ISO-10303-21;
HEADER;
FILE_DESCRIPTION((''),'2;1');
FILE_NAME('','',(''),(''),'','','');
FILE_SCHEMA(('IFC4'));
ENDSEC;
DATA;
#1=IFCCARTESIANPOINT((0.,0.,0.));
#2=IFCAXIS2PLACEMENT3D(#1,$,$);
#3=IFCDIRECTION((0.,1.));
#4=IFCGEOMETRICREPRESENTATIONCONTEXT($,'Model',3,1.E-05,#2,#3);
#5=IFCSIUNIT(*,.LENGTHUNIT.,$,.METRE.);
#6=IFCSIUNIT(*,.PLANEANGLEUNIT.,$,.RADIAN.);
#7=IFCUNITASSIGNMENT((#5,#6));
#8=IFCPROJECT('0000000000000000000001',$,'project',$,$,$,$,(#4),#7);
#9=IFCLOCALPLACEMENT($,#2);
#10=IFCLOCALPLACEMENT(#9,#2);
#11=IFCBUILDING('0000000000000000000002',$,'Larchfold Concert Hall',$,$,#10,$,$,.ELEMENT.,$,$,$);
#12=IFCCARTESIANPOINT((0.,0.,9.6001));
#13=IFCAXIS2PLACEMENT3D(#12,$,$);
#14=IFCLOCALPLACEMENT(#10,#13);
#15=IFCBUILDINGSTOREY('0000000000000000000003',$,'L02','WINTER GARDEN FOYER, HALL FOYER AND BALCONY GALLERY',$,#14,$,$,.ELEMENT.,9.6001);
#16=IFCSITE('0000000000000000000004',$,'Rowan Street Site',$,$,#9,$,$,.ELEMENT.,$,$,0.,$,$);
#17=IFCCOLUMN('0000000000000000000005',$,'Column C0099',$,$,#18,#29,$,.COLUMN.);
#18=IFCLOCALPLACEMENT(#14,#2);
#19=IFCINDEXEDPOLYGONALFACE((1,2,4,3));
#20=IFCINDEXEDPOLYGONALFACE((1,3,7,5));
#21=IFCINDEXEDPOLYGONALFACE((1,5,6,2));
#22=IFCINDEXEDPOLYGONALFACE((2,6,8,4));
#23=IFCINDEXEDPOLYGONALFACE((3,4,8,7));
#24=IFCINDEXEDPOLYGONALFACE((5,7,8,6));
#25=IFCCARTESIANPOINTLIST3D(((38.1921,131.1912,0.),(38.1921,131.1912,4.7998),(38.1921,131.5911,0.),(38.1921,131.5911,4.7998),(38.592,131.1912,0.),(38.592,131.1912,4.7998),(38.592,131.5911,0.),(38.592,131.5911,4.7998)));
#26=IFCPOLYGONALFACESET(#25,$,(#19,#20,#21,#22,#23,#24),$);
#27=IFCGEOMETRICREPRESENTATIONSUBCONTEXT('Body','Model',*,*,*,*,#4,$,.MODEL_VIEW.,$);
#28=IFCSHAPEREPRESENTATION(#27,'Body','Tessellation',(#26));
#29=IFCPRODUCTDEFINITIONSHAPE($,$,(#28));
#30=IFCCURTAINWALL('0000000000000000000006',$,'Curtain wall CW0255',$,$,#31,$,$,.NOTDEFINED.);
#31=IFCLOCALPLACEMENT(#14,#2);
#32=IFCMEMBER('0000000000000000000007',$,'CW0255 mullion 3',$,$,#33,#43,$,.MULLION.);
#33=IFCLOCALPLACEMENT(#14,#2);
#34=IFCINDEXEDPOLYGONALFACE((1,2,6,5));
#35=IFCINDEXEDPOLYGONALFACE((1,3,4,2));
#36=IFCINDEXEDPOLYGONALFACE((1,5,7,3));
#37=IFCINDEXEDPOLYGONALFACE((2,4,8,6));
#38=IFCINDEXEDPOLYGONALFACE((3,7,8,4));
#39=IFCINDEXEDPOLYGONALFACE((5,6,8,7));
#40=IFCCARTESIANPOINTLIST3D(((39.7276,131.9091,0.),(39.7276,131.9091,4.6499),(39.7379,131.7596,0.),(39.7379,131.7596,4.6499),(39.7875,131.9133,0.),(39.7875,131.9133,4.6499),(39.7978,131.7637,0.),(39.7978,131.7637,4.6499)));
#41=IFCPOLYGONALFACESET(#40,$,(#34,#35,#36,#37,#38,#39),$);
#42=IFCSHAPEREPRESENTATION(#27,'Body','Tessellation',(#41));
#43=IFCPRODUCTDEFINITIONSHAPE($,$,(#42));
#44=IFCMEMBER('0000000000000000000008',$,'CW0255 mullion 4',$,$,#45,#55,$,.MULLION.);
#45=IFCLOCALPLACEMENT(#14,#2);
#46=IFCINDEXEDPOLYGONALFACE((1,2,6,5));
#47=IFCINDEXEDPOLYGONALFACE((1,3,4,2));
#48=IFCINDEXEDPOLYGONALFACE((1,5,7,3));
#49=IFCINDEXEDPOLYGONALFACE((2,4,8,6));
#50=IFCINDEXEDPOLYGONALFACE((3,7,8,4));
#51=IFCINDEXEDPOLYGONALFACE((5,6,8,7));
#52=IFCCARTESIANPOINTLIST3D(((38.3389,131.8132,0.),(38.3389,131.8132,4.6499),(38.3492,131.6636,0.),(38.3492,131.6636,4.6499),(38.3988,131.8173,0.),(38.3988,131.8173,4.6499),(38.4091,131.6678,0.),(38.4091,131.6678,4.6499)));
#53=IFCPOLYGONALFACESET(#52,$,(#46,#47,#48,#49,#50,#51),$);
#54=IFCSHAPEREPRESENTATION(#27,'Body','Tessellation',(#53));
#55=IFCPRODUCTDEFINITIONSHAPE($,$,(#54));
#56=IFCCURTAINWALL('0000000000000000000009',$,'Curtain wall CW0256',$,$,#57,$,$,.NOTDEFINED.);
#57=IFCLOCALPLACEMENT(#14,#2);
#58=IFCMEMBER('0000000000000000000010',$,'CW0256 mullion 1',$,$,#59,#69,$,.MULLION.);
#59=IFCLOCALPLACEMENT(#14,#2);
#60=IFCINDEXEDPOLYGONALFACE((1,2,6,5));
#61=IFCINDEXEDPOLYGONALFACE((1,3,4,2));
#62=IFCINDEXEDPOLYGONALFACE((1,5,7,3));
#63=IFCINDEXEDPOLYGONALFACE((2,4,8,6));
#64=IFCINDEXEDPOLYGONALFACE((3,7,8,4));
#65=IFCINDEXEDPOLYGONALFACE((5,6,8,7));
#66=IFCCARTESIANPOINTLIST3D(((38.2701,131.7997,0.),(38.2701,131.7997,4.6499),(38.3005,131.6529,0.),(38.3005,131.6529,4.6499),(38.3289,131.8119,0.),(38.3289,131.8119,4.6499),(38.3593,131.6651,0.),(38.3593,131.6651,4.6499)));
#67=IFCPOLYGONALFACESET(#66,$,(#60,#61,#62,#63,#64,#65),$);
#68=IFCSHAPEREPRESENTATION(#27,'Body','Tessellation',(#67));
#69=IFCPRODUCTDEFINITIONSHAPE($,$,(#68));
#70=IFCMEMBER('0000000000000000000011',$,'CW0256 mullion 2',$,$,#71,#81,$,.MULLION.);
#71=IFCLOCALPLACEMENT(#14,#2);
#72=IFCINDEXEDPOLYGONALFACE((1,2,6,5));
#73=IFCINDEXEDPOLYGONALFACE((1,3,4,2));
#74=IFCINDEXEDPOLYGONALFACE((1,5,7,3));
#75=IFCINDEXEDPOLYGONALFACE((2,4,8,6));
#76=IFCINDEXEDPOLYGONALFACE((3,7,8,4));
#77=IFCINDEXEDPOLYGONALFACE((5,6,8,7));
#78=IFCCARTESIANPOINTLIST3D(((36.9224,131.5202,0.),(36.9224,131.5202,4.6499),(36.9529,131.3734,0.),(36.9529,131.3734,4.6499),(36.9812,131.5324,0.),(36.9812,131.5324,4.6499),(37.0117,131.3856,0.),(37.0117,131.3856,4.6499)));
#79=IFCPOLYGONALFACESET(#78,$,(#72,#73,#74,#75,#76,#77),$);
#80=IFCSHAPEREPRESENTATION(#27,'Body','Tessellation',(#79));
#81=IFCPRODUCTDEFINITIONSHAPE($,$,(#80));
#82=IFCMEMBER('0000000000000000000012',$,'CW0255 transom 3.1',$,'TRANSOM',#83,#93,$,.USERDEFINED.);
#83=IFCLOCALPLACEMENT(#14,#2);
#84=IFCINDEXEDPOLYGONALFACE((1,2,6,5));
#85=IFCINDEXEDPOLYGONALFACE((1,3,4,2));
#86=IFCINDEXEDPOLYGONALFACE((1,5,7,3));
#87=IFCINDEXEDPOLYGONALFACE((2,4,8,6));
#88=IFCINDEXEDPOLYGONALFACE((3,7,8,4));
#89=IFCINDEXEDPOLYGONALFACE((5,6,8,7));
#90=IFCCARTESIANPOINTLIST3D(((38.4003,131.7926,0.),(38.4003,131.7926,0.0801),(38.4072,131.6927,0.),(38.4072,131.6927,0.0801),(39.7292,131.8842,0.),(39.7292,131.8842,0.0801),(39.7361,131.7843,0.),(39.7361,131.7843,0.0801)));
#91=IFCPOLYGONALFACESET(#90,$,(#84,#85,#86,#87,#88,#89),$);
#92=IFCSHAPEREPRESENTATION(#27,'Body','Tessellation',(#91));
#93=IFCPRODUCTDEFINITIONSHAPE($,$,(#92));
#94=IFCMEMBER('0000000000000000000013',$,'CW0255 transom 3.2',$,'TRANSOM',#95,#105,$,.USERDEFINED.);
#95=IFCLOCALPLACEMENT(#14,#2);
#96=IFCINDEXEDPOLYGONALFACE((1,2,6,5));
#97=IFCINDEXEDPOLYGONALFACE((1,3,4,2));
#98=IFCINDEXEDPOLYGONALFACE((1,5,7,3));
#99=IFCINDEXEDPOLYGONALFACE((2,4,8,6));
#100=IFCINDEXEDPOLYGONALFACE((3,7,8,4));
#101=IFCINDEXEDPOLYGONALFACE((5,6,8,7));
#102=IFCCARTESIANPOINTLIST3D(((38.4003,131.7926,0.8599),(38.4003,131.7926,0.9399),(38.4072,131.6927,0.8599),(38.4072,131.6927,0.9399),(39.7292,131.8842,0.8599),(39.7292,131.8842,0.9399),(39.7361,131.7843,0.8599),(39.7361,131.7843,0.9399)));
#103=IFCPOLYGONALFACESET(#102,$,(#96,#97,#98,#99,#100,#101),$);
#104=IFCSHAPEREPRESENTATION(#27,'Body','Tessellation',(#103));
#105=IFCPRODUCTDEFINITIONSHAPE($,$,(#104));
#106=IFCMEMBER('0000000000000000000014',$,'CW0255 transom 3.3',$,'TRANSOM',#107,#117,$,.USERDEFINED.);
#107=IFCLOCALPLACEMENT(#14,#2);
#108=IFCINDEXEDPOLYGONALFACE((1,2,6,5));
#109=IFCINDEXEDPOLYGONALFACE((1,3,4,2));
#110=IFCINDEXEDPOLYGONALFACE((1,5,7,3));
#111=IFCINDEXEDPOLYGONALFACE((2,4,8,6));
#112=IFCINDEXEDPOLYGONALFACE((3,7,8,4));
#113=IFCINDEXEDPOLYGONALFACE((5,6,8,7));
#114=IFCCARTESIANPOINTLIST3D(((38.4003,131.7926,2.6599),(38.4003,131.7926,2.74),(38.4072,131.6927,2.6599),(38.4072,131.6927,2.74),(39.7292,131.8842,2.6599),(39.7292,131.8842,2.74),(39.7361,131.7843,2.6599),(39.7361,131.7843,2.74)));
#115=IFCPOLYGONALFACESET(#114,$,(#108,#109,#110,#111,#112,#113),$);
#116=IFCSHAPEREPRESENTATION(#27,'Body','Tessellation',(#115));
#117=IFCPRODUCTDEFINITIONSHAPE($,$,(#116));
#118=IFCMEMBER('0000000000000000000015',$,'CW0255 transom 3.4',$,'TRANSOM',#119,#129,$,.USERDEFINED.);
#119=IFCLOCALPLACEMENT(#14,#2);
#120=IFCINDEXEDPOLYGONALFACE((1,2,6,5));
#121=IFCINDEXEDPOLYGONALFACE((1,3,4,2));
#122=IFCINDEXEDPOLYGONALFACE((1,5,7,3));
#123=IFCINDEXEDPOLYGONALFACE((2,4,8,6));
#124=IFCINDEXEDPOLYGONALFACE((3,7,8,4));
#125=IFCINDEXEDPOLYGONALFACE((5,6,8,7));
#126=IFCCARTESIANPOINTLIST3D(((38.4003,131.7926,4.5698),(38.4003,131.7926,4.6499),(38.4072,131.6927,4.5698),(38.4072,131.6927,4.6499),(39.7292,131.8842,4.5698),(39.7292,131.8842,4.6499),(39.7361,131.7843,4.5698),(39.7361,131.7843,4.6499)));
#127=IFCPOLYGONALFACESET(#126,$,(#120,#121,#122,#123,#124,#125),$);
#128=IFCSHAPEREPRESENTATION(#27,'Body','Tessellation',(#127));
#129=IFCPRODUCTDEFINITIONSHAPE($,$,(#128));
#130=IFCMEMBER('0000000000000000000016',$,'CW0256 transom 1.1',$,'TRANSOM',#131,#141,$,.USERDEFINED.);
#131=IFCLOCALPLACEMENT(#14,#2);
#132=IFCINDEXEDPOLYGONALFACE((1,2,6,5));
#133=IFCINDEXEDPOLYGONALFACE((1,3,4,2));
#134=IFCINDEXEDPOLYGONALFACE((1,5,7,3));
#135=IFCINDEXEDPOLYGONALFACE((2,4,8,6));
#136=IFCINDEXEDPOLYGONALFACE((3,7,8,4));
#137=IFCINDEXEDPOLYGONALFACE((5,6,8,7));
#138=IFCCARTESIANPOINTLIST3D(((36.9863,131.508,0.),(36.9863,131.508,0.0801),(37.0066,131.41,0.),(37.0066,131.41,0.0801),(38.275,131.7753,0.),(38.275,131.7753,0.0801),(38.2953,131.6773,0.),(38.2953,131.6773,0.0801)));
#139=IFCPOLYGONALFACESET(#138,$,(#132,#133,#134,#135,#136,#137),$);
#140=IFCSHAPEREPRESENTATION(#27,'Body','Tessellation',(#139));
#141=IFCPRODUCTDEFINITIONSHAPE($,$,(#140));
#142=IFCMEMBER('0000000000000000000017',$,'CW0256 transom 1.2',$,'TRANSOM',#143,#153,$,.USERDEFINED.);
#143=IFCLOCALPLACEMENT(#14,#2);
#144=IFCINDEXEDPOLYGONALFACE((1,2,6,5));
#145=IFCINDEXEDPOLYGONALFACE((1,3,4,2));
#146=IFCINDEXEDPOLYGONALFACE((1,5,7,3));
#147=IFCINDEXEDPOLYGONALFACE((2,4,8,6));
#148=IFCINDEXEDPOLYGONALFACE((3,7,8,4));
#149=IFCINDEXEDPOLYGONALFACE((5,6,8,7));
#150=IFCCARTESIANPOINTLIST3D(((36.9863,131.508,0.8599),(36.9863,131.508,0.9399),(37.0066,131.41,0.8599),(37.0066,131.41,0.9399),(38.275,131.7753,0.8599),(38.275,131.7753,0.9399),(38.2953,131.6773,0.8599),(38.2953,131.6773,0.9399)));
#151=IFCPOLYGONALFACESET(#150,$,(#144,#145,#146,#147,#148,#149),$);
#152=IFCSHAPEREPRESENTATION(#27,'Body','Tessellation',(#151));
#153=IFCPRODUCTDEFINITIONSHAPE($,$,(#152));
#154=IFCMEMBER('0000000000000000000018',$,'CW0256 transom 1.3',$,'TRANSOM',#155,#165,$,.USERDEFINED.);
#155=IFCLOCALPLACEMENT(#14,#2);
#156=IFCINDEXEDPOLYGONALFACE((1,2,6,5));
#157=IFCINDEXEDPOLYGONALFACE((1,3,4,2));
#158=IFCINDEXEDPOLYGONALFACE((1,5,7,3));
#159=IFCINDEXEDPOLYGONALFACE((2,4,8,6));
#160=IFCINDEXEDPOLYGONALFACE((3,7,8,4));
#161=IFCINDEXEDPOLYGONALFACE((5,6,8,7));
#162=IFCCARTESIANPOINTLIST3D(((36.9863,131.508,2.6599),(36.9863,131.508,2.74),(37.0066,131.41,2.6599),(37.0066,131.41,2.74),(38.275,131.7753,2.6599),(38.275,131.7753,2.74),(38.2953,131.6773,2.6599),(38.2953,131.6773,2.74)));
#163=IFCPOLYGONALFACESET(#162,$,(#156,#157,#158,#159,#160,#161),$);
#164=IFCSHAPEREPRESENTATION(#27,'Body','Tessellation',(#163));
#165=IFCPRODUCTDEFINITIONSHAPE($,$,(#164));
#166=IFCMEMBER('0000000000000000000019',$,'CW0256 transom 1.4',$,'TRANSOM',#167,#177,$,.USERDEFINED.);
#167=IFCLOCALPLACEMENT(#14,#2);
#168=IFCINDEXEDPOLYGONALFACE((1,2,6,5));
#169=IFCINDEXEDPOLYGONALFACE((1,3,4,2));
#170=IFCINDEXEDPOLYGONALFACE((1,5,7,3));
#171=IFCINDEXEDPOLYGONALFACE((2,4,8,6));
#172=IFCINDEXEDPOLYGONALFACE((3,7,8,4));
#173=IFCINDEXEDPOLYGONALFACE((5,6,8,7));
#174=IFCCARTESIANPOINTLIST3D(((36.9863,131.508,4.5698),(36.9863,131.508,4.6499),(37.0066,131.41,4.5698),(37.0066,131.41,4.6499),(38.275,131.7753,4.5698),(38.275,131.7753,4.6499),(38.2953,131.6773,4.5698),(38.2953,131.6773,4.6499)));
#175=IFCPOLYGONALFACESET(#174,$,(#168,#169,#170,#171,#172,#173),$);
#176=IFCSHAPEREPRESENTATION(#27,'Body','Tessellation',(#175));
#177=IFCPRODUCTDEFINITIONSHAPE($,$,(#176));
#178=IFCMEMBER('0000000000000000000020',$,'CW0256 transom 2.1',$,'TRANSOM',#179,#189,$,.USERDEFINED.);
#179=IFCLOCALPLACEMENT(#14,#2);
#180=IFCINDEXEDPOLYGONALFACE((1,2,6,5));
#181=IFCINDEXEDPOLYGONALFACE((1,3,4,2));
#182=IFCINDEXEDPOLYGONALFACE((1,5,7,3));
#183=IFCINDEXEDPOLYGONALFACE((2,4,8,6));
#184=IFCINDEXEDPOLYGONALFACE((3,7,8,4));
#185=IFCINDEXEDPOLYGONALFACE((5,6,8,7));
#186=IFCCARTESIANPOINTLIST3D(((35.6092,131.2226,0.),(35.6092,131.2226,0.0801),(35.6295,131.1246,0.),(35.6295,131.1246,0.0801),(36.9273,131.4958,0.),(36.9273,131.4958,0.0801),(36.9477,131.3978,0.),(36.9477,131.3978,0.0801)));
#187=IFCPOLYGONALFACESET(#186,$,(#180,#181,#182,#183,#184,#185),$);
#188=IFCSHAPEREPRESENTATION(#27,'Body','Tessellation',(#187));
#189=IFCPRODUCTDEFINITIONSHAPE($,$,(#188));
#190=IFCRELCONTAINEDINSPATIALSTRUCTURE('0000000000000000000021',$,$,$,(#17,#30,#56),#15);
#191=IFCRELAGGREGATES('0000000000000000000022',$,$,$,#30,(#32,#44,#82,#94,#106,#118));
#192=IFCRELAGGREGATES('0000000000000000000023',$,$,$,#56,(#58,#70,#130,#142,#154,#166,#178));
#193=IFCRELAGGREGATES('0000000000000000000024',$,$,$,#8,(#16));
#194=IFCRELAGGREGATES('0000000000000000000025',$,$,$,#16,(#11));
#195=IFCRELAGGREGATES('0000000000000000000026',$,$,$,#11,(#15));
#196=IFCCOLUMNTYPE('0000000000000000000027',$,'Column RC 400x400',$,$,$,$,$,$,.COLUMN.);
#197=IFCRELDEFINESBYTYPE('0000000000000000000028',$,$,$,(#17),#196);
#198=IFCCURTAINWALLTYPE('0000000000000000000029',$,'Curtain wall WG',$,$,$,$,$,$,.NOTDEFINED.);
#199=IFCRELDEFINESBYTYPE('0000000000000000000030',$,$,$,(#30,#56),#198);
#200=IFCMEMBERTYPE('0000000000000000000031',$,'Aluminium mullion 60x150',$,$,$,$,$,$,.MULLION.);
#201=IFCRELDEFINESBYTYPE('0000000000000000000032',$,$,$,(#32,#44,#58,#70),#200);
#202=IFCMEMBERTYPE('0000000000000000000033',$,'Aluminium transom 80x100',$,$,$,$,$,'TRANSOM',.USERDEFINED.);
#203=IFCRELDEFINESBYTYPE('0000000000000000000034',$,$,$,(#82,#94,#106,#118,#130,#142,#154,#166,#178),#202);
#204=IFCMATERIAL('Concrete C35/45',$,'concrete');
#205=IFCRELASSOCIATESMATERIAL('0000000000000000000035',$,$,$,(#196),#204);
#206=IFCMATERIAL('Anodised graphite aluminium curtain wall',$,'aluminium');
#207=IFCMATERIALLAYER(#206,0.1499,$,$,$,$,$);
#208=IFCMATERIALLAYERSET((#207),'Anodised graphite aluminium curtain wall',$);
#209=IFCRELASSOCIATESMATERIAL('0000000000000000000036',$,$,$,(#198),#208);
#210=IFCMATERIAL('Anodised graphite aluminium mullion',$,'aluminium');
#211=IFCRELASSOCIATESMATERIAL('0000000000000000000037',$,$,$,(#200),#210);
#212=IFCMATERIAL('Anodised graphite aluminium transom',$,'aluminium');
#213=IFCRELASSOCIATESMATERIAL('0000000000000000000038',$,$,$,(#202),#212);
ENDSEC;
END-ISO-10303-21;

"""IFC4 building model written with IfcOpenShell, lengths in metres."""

from ifc_helpers import new_model, si_unit, direction, frame, origin, origin_2d, place, context, subcontext, project, spatial, rectangle, extrude, material, layer, layer_set, material_profile, profile_set, type_object, element, aggregate, save


model = new_model("IFC4")

# Units and contexts
model_context = context("Model", 3, precision=1e-05, world=origin(), true_north=direction((0.0, 1.0)))
body_context = subcontext(model_context, "Body", "Model", "MODEL_VIEW")
ifc_project = project(units=[si_unit("LENGTHUNIT", "METRE"), si_unit("PLANEANGLEUNIT", "RADIAN")], contexts=[model_context])

# Site, building, storey
site_placement = place(None, origin())
site = spatial("IfcSite", under=ifc_project, at=site_placement, Name="Rowan Street Site", CompositionType="ELEMENT", RefElevation=0.0)
building_placement = place(site_placement, origin())
building = spatial("IfcBuilding", under=site, at=building_placement, Name="Larchfold Concert Hall", CompositionType="ELEMENT")
storey_placement = place(building_placement, frame((0.0, 0.0, 9.6001)))
storey = spatial("IfcBuildingStorey", under=building, at=storey_placement, Name="L02", Description="WINTER GARDEN FOYER, HALL FOYER AND BALCONY GALLERY", CompositionType="ELEMENT", Elevation=9.6001)

# Column
ifc_material_1 = material(Name="Concrete C35/45", Category="concrete")
ifc_material_profile_1 = material_profile(ifc_material_1, rectangle(XDim=0.3999, YDim=0.3999, at=origin_2d()))
ifc_profile_set_1 = profile_set([ifc_material_profile_1], Name="Concrete C35/45")
column_type = type_object("IfcColumnType", Name="Column RC 400x400", PredefinedType="COLUMN", material=ifc_profile_set_1)
column_placement = place(storey_placement, frame((38.3921, 131.3911, 0.0), z_axis=(0.0, 0.0, 1.0), x_axis=(1.0, 0.0, 0.0)))
element("IfcColumn", 1, at=column_placement, inside=storey, type_object=column_type, Name="Column C0099", PredefinedType="COLUMN", context=body_context, shape_type="SweptSolid", body=[
    extrude(rectangle(XDim=0.3999, YDim=0.3999, at=origin_2d()), origin(), (0.0, 0.0, 1.0), 4.7998),
])

# Curtain walls, members
ifc_material_2 = material(Name="Anodised graphite aluminium curtain wall", Category="aluminium")
ifc_layer_1 = layer(ifc_material_2, 0.1499)
ifc_layer_set_1 = layer_set([ifc_layer_1], Name="Anodised graphite aluminium curtain wall")
curtain_wall_type = type_object("IfcCurtainWallType", Name="Curtain wall WG", PredefinedType="NOTDEFINED", material=ifc_layer_set_1)
curtain_wall_1_placement = place(storey_placement, origin())
curtain_wall_1 = element("IfcCurtainWall", 2, at=curtain_wall_1_placement, inside=storey, type_object=curtain_wall_type, Name="Curtain wall CW0255", PredefinedType="NOTDEFINED")
ifc_material_3 = material(Name="Anodised graphite aluminium mullion", Category="aluminium")
ifc_material_profile_2 = material_profile(ifc_material_3, rectangle(XDim=0.1499, YDim=0.0601, at=origin_2d()))
ifc_profile_set_2 = profile_set([ifc_material_profile_2], Name="Anodised graphite aluminium mullion")
member_type_1 = type_object("IfcMemberType", Name="Aluminium mullion 60x150", PredefinedType="MULLION", material=ifc_profile_set_2)
member_1_placement = place(storey_placement, frame((39.7627, 131.8364, 0.0), z_axis=(0.0, 0.0, 1.0), x_axis=(0.068786, -0.997631, 0.0)))
member_1 = element("IfcMember", 3, at=member_1_placement, type_object=member_type_1, Name="CW0255 mullion 3", PredefinedType="MULLION", context=body_context, shape_type="SweptSolid", body=[
    extrude(rectangle(XDim=0.1499, YDim=0.0601, at=origin_2d()), origin(), (0.0, 0.0, 1.0), 4.6499),
])
member_2_placement = place(storey_placement, frame((38.374, 131.7405, 0.0), z_axis=(0.0, 0.0, 1.0), x_axis=(0.068786, -0.997631, 0.0)))
member_2 = element("IfcMember", 4, at=member_2_placement, type_object=member_type_1, Name="CW0255 mullion 4", PredefinedType="MULLION", context=body_context, shape_type="SweptSolid", body=[
    extrude(rectangle(XDim=0.1499, YDim=0.0601, at=origin_2d()), origin(), (0.0, 0.0, 1.0), 4.6499),
])
curtain_wall_2_placement = place(storey_placement, origin())
curtain_wall_2 = element("IfcCurtainWall", 5, at=curtain_wall_2_placement, inside=storey, type_object=curtain_wall_type, Name="Curtain wall CW0256", PredefinedType="NOTDEFINED")
member_3_placement = place(storey_placement, frame((38.3147, 131.7324, 0.0), z_axis=(0.0, 0.0, 1.0), x_axis=(0.203055, -0.979167, 0.0)))
member_3 = element("IfcMember", 6, at=member_3_placement, type_object=member_type_1, Name="CW0256 mullion 1", PredefinedType="MULLION", context=body_context, shape_type="SweptSolid", body=[
    extrude(rectangle(XDim=0.1499, YDim=0.0601, at=origin_2d()), origin(), (0.0, 0.0, 1.0), 4.6499),
])
member_4_placement = place(storey_placement, frame((36.967, 131.4529, 0.0), z_axis=(0.0, 0.0, 1.0), x_axis=(0.203055, -0.979167, 0.0)))
member_4 = element("IfcMember", 7, at=member_4_placement, type_object=member_type_1, Name="CW0256 mullion 2", PredefinedType="MULLION", context=body_context, shape_type="SweptSolid", body=[
    extrude(rectangle(XDim=0.1499, YDim=0.0601, at=origin_2d()), origin(), (0.0, 0.0, 1.0), 4.6499),
])

# Members
ifc_material_4 = material(Name="Anodised graphite aluminium transom", Category="aluminium")
ifc_material_profile_3 = material_profile(ifc_material_4, rectangle(XDim=0.1001, YDim=0.0801, at=origin_2d()))
ifc_profile_set_3 = profile_set([ifc_material_profile_3], Name="Anodised graphite aluminium transom")
member_type_2 = type_object("IfcMemberType", Name="Aluminium transom 80x100", ElementType="TRANSOM", PredefinedType="USERDEFINED", material=ifc_profile_set_3)
member_5_placement = place(storey_placement, frame((39.7327, 131.8342, 0.04), z_axis=(-0.997635, -0.068733, 0.0), x_axis=(0.068733, -0.997635, 0.0)))
member_5 = element("IfcMember", 8, at=member_5_placement, type_object=member_type_2, Name="CW0255 transom 3.1", ObjectType="TRANSOM", PredefinedType="USERDEFINED", context=body_context, shape_type="SweptSolid", body=[
    extrude(rectangle(XDim=0.1001, YDim=0.0801, at=origin_2d()), origin(), (0.0, 0.0, 1.0), 1.332),
])
member_6_placement = place(storey_placement, frame((39.7327, 131.8342, 0.8999), z_axis=(-0.997635, -0.068733, 0.0), x_axis=(0.068733, -0.997635, 0.0)))
member_6 = element("IfcMember", 9, at=member_6_placement, type_object=member_type_2, Name="CW0255 transom 3.2", ObjectType="TRANSOM", PredefinedType="USERDEFINED", context=body_context, shape_type="SweptSolid", body=[
    extrude(rectangle(XDim=0.1001, YDim=0.0801, at=origin_2d()), origin(), (0.0, 0.0, 1.0), 1.332),
])
member_7_placement = place(storey_placement, frame((39.7327, 131.8342, 2.7), z_axis=(-0.997635, -0.068733, 0.0), x_axis=(0.068733, -0.997635, 0.0)))
member_7 = element("IfcMember", 10, at=member_7_placement, type_object=member_type_2, Name="CW0255 transom 3.3", ObjectType="TRANSOM", PredefinedType="USERDEFINED", context=body_context, shape_type="SweptSolid", body=[
    extrude(rectangle(XDim=0.1001, YDim=0.0801, at=origin_2d()), origin(), (0.0, 0.0, 1.0), 1.332),
])
member_8_placement = place(storey_placement, frame((39.7327, 131.8342, 4.6099), z_axis=(-0.997635, -0.068733, 0.0), x_axis=(0.068733, -0.997635, 0.0)))
member_8 = element("IfcMember", 11, at=member_8_placement, type_object=member_type_2, Name="CW0255 transom 3.4", ObjectType="TRANSOM", PredefinedType="USERDEFINED", context=body_context, shape_type="SweptSolid", body=[
    extrude(rectangle(XDim=0.1001, YDim=0.0801, at=origin_2d()), origin(), (0.0, 0.0, 1.0), 1.332),
])
member_9_placement = place(storey_placement, frame((38.2852, 131.7263, 0.04), z_axis=(-0.979158, -0.203102, 0.0), x_axis=(0.203102, -0.979158, 0.0)))
member_9 = element("IfcMember", 12, at=member_9_placement, type_object=member_type_2, Name="CW0256 transom 1.1", ObjectType="TRANSOM", PredefinedType="USERDEFINED", context=body_context, shape_type="SweptSolid", body=[
    extrude(rectangle(XDim=0.1001, YDim=0.0801, at=origin_2d()), origin(), (0.0, 0.0, 1.0), 1.3162),
])
member_10_placement = place(storey_placement, frame((38.2852, 131.7263, 0.8999), z_axis=(-0.979158, -0.203102, 0.0), x_axis=(0.203102, -0.979158, 0.0)))
member_10 = element("IfcMember", 13, at=member_10_placement, type_object=member_type_2, Name="CW0256 transom 1.2", ObjectType="TRANSOM", PredefinedType="USERDEFINED", context=body_context, shape_type="SweptSolid", body=[
    extrude(rectangle(XDim=0.1001, YDim=0.0801, at=origin_2d()), origin(), (0.0, 0.0, 1.0), 1.3162),
])
member_11_placement = place(storey_placement, frame((38.2852, 131.7263, 2.7), z_axis=(-0.979158, -0.203102, 0.0), x_axis=(0.203102, -0.979158, 0.0)))
member_11 = element("IfcMember", 14, at=member_11_placement, type_object=member_type_2, Name="CW0256 transom 1.3", ObjectType="TRANSOM", PredefinedType="USERDEFINED", context=body_context, shape_type="SweptSolid", body=[
    extrude(rectangle(XDim=0.1001, YDim=0.0801, at=origin_2d()), origin(), (0.0, 0.0, 1.0), 1.3162),
])
member_12_placement = place(storey_placement, frame((38.2852, 131.7263, 4.6099), z_axis=(-0.979158, -0.203102, 0.0), x_axis=(0.203102, -0.979158, 0.0)))
member_12 = element("IfcMember", 15, at=member_12_placement, type_object=member_type_2, Name="CW0256 transom 1.4", ObjectType="TRANSOM", PredefinedType="USERDEFINED", context=body_context, shape_type="SweptSolid", body=[
    extrude(rectangle(XDim=0.1001, YDim=0.0801, at=origin_2d()), origin(), (0.0, 0.0, 1.0), 1.3162),
])
member_13_placement = place(storey_placement, frame((36.9375, 131.4468, 0.04), z_axis=(-0.97919, -0.202947, 0.0), x_axis=(0.202947, -0.97919, 0.0)))
member_13 = element("IfcMember", 16, at=member_13_placement, type_object=member_type_2, Name="CW0256 transom 2.1", ObjectType="TRANSOM", PredefinedType="USERDEFINED", context=body_context, shape_type="SweptSolid", body=[
    extrude(rectangle(XDim=0.1001, YDim=0.0801, at=origin_2d()), origin(), (0.0, 0.0, 1.0), 1.3462),
])

aggregate(curtain_wall_1, [member_1, member_2, member_5, member_6, member_7, member_8])
aggregate(curtain_wall_2, [member_3, member_4, member_9, member_10, member_11, member_12, member_13])

save(model, "model.ifc")
